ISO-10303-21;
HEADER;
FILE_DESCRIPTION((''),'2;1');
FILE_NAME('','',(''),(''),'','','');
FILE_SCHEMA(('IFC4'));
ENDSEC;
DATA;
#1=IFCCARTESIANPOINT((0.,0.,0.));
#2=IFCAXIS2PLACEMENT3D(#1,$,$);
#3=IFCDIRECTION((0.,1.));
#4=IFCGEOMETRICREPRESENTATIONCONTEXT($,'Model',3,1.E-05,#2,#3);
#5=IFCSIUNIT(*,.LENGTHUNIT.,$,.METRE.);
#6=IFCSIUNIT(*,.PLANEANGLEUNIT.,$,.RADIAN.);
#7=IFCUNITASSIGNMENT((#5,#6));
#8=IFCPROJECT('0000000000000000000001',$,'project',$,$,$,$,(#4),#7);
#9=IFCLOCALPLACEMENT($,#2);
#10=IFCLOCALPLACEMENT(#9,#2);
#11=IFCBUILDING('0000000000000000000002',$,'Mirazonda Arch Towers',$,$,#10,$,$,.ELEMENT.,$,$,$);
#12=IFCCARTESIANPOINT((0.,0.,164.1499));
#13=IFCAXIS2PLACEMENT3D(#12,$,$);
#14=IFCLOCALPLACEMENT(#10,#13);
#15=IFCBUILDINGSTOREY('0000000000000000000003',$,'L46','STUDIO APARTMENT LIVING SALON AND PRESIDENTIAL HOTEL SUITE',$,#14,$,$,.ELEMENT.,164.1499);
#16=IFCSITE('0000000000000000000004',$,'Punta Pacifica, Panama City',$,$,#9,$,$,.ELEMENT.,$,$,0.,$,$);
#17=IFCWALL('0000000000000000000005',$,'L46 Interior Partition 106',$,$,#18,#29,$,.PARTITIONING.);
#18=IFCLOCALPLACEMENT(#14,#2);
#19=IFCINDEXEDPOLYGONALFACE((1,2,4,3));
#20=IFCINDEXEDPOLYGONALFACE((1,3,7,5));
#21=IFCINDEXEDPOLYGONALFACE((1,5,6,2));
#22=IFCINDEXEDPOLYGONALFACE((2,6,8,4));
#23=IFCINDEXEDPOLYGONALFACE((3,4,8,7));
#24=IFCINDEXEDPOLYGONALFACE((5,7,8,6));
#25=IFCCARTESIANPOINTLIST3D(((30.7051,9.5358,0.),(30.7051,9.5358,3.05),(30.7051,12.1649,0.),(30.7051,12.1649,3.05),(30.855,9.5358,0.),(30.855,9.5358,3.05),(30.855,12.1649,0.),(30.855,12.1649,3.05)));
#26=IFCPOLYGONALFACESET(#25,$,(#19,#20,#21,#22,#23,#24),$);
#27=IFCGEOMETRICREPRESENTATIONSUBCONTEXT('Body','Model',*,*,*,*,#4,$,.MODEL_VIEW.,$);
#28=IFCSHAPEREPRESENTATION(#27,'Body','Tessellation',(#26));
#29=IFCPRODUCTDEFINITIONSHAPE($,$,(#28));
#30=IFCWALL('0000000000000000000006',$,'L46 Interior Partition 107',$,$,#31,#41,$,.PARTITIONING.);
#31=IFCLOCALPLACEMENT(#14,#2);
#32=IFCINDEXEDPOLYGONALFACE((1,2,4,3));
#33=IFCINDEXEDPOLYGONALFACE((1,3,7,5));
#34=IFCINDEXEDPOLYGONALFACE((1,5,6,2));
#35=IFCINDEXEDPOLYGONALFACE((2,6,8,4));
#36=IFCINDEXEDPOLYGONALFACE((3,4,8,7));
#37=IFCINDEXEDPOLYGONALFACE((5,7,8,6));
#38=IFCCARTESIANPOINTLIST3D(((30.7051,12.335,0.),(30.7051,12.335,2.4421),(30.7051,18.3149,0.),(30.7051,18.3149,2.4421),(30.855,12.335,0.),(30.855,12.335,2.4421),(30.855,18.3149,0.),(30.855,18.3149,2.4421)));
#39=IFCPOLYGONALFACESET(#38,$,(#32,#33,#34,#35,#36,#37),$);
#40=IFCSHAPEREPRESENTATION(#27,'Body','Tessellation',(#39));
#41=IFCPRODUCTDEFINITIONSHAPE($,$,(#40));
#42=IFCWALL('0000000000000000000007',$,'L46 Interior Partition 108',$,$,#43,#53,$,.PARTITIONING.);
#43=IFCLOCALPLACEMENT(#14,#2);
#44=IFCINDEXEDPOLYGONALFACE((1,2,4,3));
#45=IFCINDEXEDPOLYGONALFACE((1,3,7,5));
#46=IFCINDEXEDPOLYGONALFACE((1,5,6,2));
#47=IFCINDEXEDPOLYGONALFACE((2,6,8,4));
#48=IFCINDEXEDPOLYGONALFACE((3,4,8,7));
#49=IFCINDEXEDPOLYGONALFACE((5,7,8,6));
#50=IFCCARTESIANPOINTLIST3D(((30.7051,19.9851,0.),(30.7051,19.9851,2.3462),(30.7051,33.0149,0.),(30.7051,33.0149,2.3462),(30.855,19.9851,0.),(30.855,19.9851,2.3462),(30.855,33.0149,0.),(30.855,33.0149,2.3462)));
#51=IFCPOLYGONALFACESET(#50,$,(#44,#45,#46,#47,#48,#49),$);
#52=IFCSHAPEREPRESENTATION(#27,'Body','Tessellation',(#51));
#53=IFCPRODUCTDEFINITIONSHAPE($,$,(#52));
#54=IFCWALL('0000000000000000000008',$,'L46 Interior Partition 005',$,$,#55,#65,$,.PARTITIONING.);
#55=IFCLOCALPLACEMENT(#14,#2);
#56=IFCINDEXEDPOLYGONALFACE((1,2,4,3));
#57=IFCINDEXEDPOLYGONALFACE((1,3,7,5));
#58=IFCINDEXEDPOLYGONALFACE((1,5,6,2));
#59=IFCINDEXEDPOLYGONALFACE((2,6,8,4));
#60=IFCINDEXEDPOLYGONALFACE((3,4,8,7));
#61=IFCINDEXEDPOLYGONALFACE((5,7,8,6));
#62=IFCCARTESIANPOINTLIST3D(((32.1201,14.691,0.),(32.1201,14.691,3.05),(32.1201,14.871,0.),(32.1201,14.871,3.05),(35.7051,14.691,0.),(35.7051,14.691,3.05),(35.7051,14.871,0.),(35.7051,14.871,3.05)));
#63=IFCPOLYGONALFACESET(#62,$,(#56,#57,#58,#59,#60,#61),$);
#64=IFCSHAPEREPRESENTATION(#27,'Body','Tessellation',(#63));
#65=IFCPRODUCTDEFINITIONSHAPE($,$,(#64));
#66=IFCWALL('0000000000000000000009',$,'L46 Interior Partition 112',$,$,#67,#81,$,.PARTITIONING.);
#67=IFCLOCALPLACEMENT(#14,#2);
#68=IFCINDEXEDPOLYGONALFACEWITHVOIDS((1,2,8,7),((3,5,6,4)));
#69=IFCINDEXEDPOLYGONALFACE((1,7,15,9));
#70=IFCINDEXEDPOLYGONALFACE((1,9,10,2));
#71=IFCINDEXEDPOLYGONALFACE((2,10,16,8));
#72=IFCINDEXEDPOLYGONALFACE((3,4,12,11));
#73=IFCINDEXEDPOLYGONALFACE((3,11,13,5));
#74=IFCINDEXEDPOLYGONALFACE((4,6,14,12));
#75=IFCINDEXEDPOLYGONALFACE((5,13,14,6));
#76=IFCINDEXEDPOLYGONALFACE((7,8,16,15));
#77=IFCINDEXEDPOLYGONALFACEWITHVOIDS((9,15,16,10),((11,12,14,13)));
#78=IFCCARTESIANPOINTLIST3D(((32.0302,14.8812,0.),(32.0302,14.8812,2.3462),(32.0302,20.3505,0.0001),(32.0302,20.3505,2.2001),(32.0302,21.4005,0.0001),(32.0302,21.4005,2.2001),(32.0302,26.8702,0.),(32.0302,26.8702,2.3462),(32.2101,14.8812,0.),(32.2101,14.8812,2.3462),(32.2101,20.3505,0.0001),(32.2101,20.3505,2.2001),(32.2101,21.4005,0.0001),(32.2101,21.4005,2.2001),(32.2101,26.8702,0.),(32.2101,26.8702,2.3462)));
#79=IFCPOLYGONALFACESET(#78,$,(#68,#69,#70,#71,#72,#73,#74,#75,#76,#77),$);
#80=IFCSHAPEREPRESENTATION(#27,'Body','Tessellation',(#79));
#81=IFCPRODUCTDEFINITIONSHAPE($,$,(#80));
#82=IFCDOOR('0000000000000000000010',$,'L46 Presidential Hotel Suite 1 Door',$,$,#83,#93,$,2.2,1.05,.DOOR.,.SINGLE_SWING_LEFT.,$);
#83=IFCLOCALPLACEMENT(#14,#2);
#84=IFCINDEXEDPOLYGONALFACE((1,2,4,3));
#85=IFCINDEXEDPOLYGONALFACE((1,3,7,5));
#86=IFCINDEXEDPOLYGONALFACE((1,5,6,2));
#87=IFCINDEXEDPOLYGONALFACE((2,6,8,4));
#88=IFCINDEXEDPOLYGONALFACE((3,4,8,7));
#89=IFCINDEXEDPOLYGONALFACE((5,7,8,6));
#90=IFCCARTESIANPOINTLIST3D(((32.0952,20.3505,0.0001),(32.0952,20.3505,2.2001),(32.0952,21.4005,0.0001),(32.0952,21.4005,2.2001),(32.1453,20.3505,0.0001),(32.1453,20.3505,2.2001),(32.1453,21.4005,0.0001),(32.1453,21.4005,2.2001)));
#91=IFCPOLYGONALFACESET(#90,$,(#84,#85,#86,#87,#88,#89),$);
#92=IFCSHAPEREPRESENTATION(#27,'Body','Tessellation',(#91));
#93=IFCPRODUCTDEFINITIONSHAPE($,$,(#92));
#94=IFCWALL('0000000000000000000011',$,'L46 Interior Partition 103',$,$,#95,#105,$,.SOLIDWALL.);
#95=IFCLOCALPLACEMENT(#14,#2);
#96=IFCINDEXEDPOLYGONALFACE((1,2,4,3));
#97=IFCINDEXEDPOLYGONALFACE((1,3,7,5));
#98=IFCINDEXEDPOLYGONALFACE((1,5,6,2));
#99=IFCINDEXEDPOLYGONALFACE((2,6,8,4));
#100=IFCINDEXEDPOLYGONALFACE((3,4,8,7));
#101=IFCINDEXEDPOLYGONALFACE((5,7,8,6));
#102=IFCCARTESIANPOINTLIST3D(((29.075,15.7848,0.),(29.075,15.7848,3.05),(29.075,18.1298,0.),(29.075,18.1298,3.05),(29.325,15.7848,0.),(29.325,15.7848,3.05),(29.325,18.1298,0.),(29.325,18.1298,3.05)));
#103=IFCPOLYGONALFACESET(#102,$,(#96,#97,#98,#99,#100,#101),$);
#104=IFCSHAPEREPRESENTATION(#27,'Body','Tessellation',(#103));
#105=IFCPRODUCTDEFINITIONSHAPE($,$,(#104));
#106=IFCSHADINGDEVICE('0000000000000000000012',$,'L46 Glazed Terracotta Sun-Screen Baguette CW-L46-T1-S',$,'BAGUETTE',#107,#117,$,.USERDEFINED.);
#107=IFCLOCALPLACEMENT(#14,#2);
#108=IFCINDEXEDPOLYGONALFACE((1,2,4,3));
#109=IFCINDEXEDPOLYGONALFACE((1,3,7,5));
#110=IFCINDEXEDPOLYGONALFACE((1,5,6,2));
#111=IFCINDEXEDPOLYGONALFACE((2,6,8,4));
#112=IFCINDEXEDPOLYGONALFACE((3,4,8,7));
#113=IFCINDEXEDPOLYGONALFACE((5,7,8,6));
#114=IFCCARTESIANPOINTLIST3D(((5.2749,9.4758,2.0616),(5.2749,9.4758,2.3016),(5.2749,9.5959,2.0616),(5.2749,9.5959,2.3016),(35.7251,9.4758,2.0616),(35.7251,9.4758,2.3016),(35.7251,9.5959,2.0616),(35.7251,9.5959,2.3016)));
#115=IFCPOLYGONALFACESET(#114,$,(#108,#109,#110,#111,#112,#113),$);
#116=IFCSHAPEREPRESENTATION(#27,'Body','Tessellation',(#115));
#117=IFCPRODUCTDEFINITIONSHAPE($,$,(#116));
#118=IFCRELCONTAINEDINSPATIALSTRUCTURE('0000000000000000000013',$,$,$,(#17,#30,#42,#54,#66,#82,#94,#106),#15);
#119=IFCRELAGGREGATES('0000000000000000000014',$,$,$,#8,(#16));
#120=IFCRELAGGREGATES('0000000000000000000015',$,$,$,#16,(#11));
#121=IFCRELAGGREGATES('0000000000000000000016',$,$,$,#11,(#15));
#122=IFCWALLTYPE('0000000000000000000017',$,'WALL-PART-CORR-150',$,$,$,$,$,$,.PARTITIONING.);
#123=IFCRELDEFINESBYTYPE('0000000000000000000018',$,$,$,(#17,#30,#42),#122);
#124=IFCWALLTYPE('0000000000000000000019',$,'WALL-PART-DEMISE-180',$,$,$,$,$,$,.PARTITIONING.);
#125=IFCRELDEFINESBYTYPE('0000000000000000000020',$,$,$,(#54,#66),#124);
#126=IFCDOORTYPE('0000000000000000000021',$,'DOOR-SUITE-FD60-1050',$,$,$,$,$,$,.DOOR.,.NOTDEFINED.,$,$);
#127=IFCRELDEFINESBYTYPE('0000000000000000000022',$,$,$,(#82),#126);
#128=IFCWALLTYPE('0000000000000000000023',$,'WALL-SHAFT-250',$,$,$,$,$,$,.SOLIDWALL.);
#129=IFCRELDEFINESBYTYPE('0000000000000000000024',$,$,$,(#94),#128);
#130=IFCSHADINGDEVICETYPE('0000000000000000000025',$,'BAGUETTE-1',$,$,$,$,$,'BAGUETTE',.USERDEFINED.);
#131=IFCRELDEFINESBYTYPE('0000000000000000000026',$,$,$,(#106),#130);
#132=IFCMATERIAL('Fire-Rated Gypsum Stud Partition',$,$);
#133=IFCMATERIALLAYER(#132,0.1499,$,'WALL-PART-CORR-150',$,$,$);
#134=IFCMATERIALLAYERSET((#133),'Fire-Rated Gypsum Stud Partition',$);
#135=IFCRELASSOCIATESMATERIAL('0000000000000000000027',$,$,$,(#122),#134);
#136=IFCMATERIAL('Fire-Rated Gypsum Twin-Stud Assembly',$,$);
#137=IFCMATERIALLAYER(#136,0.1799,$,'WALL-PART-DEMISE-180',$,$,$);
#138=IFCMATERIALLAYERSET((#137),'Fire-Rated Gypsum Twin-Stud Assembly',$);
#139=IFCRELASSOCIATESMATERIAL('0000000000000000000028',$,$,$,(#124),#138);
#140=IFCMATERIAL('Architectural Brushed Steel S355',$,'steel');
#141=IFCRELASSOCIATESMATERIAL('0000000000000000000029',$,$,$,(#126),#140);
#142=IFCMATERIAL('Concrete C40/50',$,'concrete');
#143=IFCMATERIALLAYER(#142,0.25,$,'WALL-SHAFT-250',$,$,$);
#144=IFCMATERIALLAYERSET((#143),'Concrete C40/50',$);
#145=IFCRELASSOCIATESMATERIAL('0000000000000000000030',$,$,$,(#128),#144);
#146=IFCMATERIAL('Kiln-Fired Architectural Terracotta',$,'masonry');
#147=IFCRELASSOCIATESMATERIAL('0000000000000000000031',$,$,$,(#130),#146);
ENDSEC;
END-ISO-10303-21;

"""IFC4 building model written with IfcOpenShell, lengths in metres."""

from ifc_helpers import new_model, si_unit, direction, frame, frame_2d, origin, origin_2d, place, context, subcontext, project, spatial, rectangle, extrude, material, layer, layer_set, material_profile, profile_set, type_object, element, fill, save


model = new_model("IFC4")

# Units and contexts
model_context = context("Model", 3, precision=1e-05, world=origin(), true_north=direction((0.0, 1.0)))
body_context = subcontext(model_context, "Body", "Model", "MODEL_VIEW")
ifc_project = project(units=[si_unit("LENGTHUNIT", "METRE"), si_unit("PLANEANGLEUNIT", "RADIAN")], contexts=[model_context])

# Site, building, storey
site_placement = place(None, origin())
site = spatial("IfcSite", under=ifc_project, at=site_placement, Name="Punta Pacifica, Panama City", CompositionType="ELEMENT", RefElevation=0.0)
building_placement = place(site_placement, origin())
building = spatial("IfcBuilding", under=site, at=building_placement, Name="Mirazonda Arch Towers", CompositionType="ELEMENT")
storey_placement = place(building_placement, frame((0.0, 0.0, 164.1499)))
storey = spatial("IfcBuildingStorey", under=building, at=storey_placement, Name="L46", Description="STUDIO APARTMENT LIVING SALON AND PRESIDENTIAL HOTEL SUITE", CompositionType="ELEMENT", Elevation=164.1499)

# Walls
ifc_material_1 = material(Name="Fire-Rated Gypsum Stud Partition")
ifc_layer_1 = layer(ifc_material_1, 0.1499, Name="WALL-PART-CORR-150")
ifc_layer_set_1 = layer_set([ifc_layer_1], Name="Fire-Rated Gypsum Stud Partition")
wall_type_1 = type_object("IfcWallType", Name="WALL-PART-CORR-150", PredefinedType="PARTITIONING", material=ifc_layer_set_1)
wall_1_placement = place(storey_placement, frame((30.78, 9.5359, 0.0), z_axis=(0.0, 0.0, 1.0), x_axis=(0.0, 1.0, 0.0)))
element("IfcWall", 1, at=wall_1_placement, inside=storey, type_object=wall_type_1, Name="L46 Interior Partition 106", PredefinedType="PARTITIONING", context=body_context, shape_type="SweptSolid", body=[
    extrude(rectangle(XDim=2.6292, YDim=0.1499, at=frame_2d((1.3145, 0.0))), origin(), (0.0, 0.0, 1.0), 3.05),
])
wall_2_placement = place(storey_placement, frame((30.78, 12.335, 0.0), z_axis=(0.0, 0.0, 1.0), x_axis=(0.0, 1.0, 0.0)))
element("IfcWall", 2, at=wall_2_placement, inside=storey, type_object=wall_type_1, Name="L46 Interior Partition 107", PredefinedType="PARTITIONING", context=body_context, shape_type="SweptSolid", body=[
    extrude(rectangle(XDim=5.98, YDim=0.1499, at=frame_2d((2.99, 0.0))), origin(), (0.0, 0.0, 1.0), 2.4421),
])
wall_3_placement = place(storey_placement, frame((30.78, 19.9851, 0.0), z_axis=(0.0, 0.0, 1.0), x_axis=(0.0, 1.0, 0.0)))
element("IfcWall", 3, at=wall_3_placement, inside=storey, type_object=wall_type_1, Name="L46 Interior Partition 108", PredefinedType="PARTITIONING", context=body_context, shape_type="SweptSolid", body=[
    extrude(rectangle(XDim=13.0298, YDim=0.1499, at=frame_2d((6.5149, 0.0))), origin(), (0.0, 0.0, 1.0), 2.3462),
])
ifc_material_2 = material(Name="Fire-Rated Gypsum Twin-Stud Assembly")
ifc_layer_2 = layer(ifc_material_2, 0.1799, Name="WALL-PART-DEMISE-180")
ifc_layer_set_2 = layer_set([ifc_layer_2], Name="Fire-Rated Gypsum Twin-Stud Assembly")
wall_type_2 = type_object("IfcWallType", Name="WALL-PART-DEMISE-180", PredefinedType="PARTITIONING", material=ifc_layer_set_2)
wall_4_placement = place(storey_placement, frame((32.1201, 14.781, 0.0), z_axis=(0.0, 0.0, 1.0), x_axis=(1.0, 0.0, 0.0)))
element("IfcWall", 4, at=wall_4_placement, inside=storey, type_object=wall_type_2, Name="L46 Interior Partition 005", PredefinedType="PARTITIONING", context=body_context, shape_type="SweptSolid", body=[
    extrude(rectangle(XDim=3.585, YDim=0.1799, at=frame_2d((1.7925, 0.0))), origin(), (0.0, 0.0, 1.0), 3.05),
])

# Wall, opening, door
ifc_material_3 = material(Name="Architectural Brushed Steel S355", Category="steel")
wall_5_placement = place(storey_placement, frame((32.1201, 14.8811, 0.0), z_axis=(0.0, 0.0, 1.0), x_axis=(0.0, 1.0, 0.0)))
wall_5 = element("IfcWall", 5, at=wall_5_placement, inside=storey, type_object=wall_type_2, Name="L46 Interior Partition 112", PredefinedType="PARTITIONING", context=body_context, shape_type="SweptSolid", body=[
    extrude(rectangle(XDim=11.989, YDim=0.1799, at=frame_2d((5.9946, 0.0))), origin(), (0.0, 0.0, 1.0), 2.3462),
])
opening_1_placement = place(wall_5_placement, frame((5.4695, 0.0, 0.0)))
opening_1 = element("IfcOpeningElement", 6, at=opening_1_placement, cuts=wall_5, PredefinedType="OPENING", context=body_context, shape_type="SweptSolid", body=[
    extrude(rectangle(XDim=1.05, YDim=2.2, at=frame_2d((0.5249, 1.1001))), frame((0.0, 0.0999, 0.0), z_axis=(0.0, -1.0, 0.0), x_axis=(1.0, 0.0, 0.0)), (0.0, 0.0, 1.0), 0.2),
])
door_type_1 = type_object("IfcDoorType", Name="DOOR-SUITE-FD60-1050", OperationType="NOTDEFINED", PredefinedType="DOOR", material=ifc_material_3)
door_1_placement = place(opening_1_placement, origin())
door_1 = element("IfcDoor", 7, at=door_1_placement, inside=storey, type_object=door_type_1, Name="L46 Presidential Hotel Suite 1 Door", OperationType="SINGLE_SWING_LEFT", OverallHeight=2.2, OverallWidth=1.05, PredefinedType="DOOR", context=body_context, shape_type="SweptSolid", body=[
    extrude(rectangle(XDim=1.05, YDim=2.2, at=frame_2d((0.5249, 1.1001))), frame((0.0, 0.0249, 0.0), z_axis=(0.0, -1.0, 0.0), x_axis=(1.0, 0.0, 0.0)), (0.0, 0.0, 1.0), 0.05),
])
fill(opening_1, door_1)

# Wall
ifc_material_4 = material(Name="Concrete C40/50", Category="concrete")
ifc_layer_3 = layer(ifc_material_4, 0.25, Name="WALL-SHAFT-250")
ifc_layer_set_3 = layer_set([ifc_layer_3], Name="Concrete C40/50")
wall_type_3 = type_object("IfcWallType", Name="WALL-SHAFT-250", PredefinedType="SOLIDWALL", material=ifc_layer_set_3)
wall_6_placement = place(storey_placement, frame((29.2, 15.7849, 0.0), z_axis=(0.0, 0.0, 1.0), x_axis=(0.0, 1.0, 0.0)))
element("IfcWall", 8, at=wall_6_placement, inside=storey, type_object=wall_type_3, Name="L46 Interior Partition 103", PredefinedType="SOLIDWALL", context=body_context, shape_type="SweptSolid", body=[
    extrude(rectangle(XDim=2.345, YDim=0.25, at=frame_2d((1.1724, 0.0))), origin(), (0.0, 0.0, 1.0), 3.05),
])

# Shading device
ifc_material_5 = material(Name="Kiln-Fired Architectural Terracotta", Category="masonry")
ifc_material_profile_1 = material_profile(ifc_material_5, rectangle(XDim=0.1201, YDim=0.24, at=origin_2d()), Name="TERRA-BAG-120x240")
ifc_profile_set_1 = profile_set([ifc_material_profile_1], Name="Kiln-Fired Architectural Terracotta")
shading_device_type = type_object("IfcShadingDeviceType", Name="BAGUETTE-1", ElementType="BAGUETTE", PredefinedType="USERDEFINED", material=ifc_profile_set_1)
shading_device_placement = place(storey_placement, frame((35.7251, 9.5359, 2.1816), z_axis=(-1.0, 0.0, 0.0), x_axis=(0.0, -1.0, 0.0)))
element("IfcShadingDevice", 9, at=shading_device_placement, inside=storey, type_object=shading_device_type, Name="L46 Glazed Terracotta Sun-Screen Baguette CW-L46-T1-S", ObjectType="BAGUETTE", PredefinedType="USERDEFINED", context=body_context, shape_type="SweptSolid", body=[
    extrude(rectangle(XDim=0.1201, YDim=0.24, at=origin_2d()), origin(), (0.0, 0.0, 1.0), 30.4502),
])

save(model, "model.ifc")
